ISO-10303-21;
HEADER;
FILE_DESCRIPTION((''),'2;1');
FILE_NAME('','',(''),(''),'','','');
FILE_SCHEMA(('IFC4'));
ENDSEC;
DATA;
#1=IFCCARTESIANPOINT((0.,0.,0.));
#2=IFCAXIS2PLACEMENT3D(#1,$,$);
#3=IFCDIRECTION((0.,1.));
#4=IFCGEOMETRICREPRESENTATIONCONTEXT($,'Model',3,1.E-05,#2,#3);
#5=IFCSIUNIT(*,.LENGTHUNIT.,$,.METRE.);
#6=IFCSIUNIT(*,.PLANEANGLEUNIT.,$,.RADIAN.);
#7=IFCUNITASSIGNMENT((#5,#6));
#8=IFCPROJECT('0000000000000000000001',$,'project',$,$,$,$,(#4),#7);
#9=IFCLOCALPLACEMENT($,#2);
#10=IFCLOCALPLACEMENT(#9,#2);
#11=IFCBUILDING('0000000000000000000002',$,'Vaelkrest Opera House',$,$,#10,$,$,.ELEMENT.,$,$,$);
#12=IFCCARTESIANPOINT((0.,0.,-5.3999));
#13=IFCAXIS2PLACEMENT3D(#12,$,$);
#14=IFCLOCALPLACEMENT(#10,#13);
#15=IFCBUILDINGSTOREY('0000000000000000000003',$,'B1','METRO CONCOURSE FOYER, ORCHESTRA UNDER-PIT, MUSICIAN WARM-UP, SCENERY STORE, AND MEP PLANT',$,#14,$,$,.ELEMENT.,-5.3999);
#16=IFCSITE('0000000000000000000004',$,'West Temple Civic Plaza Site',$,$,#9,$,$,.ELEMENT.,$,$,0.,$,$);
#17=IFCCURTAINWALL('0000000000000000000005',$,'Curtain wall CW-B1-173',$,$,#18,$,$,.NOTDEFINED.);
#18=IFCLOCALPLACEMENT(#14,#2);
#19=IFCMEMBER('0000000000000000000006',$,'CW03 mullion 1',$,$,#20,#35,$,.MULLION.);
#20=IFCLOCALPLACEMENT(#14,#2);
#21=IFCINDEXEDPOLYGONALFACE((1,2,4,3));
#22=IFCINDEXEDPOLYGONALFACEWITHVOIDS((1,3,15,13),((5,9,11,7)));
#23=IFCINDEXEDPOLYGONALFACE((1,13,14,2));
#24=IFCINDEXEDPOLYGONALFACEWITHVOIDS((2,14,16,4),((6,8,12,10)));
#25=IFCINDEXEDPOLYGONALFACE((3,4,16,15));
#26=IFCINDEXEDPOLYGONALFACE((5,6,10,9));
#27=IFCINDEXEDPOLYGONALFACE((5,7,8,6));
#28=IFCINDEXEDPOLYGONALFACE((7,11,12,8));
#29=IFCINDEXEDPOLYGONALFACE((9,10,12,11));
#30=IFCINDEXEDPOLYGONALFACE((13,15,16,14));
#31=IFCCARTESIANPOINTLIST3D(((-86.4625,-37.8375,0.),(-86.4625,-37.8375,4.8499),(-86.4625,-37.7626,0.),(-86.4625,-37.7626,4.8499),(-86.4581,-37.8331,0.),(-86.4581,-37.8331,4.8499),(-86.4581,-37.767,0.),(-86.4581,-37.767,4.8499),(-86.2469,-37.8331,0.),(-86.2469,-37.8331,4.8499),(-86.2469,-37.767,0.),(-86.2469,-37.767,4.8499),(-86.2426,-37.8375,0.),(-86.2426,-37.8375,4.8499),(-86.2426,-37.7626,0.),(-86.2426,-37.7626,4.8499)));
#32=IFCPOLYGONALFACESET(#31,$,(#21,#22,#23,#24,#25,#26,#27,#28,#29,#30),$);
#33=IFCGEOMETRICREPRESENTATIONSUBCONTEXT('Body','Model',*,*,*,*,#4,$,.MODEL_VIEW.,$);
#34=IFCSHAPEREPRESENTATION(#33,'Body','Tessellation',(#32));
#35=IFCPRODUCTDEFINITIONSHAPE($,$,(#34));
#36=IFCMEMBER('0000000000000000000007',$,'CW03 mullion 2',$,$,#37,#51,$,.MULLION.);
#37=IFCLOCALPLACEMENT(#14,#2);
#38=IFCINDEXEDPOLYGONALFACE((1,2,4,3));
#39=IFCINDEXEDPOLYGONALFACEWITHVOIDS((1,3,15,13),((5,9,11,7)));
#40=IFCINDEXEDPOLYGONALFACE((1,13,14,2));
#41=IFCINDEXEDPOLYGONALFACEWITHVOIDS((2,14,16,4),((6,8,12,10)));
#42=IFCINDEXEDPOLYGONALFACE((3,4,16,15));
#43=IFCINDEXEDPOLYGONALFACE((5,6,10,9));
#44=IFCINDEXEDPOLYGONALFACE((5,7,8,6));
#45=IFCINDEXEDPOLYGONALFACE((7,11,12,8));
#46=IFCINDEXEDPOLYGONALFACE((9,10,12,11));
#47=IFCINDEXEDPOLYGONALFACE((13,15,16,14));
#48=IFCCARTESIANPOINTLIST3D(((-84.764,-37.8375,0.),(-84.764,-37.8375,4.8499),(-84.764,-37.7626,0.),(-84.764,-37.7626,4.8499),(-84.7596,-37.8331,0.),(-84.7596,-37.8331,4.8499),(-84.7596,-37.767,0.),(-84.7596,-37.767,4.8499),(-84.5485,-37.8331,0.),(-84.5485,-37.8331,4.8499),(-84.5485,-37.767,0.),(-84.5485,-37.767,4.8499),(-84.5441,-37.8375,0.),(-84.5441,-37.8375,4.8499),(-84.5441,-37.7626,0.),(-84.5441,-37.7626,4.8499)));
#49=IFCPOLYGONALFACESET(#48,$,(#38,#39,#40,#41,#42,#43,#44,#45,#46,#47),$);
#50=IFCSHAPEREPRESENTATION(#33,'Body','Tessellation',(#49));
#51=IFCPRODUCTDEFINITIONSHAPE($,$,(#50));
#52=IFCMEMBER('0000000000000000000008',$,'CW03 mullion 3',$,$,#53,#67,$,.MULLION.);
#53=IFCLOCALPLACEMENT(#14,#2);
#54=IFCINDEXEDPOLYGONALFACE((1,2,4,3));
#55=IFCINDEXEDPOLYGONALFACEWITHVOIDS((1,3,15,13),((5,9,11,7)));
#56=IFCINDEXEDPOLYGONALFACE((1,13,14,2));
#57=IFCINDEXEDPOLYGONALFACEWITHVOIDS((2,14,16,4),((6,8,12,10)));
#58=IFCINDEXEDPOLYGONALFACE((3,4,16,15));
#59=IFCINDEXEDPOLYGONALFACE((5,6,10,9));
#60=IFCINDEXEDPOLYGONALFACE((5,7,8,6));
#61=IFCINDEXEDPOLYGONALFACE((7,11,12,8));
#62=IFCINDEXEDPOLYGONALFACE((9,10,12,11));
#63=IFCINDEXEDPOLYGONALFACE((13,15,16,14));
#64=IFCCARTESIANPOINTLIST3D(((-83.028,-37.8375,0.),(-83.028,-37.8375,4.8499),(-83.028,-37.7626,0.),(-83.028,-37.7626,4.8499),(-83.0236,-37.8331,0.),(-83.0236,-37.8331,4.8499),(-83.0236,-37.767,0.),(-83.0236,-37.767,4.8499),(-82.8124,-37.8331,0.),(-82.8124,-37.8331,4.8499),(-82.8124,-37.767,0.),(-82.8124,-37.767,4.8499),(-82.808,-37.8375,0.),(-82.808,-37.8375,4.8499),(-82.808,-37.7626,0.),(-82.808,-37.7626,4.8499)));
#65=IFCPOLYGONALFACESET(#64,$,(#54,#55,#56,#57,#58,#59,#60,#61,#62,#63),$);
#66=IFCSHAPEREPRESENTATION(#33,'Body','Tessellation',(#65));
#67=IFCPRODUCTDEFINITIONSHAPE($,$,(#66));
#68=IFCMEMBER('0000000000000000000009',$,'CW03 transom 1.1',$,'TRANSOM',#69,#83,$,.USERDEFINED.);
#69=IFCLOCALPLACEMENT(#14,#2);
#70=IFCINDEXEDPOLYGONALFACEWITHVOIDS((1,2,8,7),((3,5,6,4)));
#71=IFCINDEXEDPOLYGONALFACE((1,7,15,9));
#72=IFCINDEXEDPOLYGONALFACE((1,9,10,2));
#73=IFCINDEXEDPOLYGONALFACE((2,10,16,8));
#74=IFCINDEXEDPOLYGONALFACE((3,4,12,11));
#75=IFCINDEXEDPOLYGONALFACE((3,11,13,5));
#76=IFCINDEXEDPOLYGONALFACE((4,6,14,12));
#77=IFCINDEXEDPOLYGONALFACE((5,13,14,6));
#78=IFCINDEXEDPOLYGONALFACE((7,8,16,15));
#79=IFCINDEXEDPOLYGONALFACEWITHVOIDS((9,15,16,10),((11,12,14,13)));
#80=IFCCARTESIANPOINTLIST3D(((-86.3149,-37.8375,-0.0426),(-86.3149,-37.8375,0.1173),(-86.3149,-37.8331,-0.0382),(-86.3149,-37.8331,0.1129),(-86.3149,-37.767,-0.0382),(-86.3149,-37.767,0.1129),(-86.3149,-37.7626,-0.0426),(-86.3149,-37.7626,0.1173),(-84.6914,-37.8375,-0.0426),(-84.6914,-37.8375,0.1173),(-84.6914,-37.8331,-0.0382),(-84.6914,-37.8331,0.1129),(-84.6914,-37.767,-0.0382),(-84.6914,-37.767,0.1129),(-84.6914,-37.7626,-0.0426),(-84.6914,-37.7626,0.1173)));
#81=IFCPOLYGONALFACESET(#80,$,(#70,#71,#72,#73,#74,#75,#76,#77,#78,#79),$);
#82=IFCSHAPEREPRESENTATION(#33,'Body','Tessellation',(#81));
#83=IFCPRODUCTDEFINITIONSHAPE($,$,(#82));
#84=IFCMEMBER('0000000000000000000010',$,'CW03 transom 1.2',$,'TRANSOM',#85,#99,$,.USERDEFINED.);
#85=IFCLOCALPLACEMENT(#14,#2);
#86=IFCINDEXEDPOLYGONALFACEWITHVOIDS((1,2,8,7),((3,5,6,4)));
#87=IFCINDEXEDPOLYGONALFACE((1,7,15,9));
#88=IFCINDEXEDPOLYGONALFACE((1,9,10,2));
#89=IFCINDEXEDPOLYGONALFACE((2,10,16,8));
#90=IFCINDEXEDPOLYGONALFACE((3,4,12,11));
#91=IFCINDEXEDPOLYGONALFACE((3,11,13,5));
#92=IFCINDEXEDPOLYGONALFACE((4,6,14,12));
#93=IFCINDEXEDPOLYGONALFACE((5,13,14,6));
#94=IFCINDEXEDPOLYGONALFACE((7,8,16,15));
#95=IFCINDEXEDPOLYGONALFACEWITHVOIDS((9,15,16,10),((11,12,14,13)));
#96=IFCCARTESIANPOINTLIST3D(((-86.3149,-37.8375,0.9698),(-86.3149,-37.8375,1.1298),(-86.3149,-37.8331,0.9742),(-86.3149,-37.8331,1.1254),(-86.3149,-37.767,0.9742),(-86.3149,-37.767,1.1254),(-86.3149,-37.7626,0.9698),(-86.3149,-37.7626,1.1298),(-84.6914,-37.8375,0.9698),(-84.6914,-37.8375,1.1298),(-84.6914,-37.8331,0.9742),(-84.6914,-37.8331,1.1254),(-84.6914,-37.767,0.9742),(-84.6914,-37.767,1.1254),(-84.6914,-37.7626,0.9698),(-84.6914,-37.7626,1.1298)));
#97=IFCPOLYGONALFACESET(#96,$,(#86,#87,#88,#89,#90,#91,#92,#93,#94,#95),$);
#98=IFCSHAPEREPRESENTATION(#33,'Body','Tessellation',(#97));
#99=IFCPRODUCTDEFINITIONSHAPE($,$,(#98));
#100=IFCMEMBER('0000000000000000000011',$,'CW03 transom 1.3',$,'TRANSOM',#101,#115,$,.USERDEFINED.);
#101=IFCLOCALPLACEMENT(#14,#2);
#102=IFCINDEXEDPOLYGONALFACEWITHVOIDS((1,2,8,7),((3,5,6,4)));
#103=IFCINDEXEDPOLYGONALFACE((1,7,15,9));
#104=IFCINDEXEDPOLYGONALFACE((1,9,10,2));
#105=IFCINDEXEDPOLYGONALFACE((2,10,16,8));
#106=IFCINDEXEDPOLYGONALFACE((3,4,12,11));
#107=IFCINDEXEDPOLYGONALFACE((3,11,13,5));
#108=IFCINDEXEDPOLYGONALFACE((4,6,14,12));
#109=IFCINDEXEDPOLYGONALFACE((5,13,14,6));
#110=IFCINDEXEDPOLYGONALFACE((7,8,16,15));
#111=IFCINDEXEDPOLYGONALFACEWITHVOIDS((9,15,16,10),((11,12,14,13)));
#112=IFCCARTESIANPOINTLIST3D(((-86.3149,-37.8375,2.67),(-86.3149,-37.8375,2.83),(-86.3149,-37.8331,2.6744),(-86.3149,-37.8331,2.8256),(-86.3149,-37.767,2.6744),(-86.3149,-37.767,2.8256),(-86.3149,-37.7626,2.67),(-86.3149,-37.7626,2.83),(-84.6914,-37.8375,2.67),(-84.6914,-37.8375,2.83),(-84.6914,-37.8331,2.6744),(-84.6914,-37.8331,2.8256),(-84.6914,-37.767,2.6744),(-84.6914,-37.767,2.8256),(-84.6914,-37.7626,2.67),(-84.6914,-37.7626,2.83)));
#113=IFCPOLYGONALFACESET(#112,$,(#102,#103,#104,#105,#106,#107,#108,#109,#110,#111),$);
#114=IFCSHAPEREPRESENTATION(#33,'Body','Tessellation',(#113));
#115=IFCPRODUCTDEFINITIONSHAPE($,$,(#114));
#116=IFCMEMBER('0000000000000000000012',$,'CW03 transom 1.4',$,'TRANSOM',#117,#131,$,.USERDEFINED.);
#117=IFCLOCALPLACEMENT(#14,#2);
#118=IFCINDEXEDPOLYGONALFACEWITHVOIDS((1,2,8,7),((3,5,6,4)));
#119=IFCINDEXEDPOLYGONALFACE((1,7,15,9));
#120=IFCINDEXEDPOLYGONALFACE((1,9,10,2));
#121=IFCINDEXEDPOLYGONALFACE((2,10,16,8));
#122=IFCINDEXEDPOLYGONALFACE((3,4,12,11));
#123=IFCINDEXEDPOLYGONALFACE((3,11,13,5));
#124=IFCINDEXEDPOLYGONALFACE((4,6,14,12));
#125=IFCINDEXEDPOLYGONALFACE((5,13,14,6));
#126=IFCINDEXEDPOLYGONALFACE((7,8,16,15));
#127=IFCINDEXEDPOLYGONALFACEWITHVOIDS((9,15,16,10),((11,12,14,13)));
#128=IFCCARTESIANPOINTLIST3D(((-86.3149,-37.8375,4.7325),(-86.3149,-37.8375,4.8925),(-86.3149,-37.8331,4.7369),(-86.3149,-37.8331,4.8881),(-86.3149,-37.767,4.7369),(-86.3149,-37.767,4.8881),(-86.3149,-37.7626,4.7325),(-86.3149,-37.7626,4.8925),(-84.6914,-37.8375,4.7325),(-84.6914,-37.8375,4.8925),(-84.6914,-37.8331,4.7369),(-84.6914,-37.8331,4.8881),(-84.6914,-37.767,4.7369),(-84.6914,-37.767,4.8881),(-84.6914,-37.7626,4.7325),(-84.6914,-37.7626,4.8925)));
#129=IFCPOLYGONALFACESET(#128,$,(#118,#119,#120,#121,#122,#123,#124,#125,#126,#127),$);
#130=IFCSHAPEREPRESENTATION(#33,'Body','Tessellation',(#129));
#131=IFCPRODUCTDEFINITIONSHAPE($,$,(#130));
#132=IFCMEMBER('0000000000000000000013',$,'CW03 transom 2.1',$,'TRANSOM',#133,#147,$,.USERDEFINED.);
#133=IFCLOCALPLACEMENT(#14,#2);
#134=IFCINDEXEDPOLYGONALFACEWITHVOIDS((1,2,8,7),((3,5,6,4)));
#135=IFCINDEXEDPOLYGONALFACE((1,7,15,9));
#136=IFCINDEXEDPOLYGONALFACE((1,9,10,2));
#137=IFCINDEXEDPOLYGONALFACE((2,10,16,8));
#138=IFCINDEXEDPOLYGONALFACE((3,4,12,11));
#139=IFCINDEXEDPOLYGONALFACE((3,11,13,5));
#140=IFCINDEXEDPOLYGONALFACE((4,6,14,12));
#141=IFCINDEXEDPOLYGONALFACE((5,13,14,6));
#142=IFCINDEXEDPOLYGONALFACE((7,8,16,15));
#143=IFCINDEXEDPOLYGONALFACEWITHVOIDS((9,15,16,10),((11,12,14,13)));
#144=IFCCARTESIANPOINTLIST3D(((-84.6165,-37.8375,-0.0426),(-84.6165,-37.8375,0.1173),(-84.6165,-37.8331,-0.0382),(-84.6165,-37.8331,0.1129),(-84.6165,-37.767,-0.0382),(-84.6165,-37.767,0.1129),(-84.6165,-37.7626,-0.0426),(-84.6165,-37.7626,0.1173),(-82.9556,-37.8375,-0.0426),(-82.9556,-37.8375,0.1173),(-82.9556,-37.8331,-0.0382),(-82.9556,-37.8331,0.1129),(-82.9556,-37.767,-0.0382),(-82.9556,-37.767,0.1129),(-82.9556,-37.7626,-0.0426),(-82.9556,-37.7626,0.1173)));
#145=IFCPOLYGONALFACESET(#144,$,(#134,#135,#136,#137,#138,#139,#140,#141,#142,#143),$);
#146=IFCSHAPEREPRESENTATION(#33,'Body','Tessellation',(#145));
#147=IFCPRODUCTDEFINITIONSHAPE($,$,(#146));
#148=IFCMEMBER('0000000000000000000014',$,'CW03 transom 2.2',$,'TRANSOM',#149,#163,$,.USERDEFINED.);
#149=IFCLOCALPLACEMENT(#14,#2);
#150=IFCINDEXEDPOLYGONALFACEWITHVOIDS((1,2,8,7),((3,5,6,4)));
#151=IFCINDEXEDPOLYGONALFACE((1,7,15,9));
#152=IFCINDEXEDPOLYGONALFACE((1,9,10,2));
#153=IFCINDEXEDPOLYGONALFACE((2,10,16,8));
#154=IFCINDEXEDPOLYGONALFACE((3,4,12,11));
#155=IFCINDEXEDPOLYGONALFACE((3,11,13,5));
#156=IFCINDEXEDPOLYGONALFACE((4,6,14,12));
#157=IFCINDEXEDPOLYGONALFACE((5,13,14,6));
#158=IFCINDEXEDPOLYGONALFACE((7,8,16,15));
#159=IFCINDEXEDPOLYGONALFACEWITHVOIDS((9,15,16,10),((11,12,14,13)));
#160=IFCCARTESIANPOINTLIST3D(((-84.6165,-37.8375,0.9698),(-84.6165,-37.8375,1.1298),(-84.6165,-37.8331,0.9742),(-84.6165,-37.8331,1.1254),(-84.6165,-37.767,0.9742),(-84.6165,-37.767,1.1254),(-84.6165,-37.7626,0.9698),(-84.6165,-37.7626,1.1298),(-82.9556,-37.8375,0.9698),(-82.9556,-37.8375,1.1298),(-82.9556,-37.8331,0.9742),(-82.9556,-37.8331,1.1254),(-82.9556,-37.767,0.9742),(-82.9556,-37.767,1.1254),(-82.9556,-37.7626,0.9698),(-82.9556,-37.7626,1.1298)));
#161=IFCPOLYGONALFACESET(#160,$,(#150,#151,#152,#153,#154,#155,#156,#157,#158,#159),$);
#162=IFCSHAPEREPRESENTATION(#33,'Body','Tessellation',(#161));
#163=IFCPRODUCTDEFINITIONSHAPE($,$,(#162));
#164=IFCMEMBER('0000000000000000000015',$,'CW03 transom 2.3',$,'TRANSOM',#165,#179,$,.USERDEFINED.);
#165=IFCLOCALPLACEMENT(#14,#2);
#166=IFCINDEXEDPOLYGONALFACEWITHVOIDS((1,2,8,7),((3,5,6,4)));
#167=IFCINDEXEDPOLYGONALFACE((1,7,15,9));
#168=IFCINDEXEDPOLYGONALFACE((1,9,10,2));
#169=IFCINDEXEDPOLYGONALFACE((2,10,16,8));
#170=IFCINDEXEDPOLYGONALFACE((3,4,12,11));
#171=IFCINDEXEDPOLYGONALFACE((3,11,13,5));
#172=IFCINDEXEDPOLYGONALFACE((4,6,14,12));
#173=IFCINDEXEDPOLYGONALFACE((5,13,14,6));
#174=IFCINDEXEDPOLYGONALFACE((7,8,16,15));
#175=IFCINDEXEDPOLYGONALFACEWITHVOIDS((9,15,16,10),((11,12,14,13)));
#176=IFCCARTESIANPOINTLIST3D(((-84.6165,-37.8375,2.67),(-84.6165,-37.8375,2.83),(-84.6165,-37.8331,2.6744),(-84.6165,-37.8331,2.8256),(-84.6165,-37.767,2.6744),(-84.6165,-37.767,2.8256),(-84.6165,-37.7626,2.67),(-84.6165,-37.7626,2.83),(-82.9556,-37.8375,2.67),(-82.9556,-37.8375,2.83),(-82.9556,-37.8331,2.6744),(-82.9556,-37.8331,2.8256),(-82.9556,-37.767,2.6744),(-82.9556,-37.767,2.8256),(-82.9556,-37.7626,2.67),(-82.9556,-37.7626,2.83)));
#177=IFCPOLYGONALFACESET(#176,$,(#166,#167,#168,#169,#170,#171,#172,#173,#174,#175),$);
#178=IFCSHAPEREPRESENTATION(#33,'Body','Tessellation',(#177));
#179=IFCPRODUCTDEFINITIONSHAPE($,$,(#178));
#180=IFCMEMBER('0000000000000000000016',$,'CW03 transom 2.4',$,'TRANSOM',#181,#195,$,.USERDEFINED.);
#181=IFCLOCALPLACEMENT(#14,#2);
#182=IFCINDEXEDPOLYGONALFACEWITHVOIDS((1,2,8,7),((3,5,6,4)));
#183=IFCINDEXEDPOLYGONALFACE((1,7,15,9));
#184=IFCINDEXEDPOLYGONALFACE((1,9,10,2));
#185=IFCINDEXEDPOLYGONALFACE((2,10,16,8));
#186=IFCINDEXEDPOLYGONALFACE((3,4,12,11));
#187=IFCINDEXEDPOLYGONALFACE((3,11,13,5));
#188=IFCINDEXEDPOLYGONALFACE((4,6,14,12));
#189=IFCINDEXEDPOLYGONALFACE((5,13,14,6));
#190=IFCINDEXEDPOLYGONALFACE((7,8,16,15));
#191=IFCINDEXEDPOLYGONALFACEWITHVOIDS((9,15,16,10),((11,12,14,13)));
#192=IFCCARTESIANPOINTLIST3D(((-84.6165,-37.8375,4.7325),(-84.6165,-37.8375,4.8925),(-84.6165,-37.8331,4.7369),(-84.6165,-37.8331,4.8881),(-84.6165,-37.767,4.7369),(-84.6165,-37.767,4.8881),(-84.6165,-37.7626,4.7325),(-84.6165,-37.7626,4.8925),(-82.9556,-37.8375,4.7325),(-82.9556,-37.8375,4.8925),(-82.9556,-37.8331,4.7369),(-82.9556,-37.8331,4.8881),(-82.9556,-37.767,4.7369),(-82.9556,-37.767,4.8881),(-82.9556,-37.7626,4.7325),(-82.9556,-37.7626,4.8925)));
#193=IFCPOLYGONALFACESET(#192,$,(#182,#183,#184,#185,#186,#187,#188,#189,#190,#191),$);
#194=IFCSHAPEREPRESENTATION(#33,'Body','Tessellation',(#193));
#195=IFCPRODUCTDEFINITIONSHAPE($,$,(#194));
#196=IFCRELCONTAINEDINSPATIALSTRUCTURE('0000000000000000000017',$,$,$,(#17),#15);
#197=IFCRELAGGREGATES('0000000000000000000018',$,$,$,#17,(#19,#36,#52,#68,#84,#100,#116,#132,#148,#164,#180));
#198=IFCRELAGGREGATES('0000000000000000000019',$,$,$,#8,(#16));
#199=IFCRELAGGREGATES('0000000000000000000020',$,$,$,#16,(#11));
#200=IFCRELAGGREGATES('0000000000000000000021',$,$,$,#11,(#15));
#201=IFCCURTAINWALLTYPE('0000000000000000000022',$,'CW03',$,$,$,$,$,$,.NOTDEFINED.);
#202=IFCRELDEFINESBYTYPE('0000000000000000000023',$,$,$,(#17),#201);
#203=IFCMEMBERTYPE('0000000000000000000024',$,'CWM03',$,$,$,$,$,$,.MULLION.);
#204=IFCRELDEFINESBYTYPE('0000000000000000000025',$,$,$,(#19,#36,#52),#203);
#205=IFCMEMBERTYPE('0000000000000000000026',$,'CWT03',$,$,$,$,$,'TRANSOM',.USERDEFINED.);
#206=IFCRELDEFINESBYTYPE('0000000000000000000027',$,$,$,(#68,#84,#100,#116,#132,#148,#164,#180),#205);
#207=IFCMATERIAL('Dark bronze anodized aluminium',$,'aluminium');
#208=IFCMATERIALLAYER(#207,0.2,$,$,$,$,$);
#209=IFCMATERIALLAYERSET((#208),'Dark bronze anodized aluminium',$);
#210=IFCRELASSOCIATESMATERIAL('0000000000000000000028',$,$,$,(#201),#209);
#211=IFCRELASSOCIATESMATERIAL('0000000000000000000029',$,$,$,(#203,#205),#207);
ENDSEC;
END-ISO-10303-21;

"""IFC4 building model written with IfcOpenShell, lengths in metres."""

from ifc_helpers import new_model, si_unit, direction, frame, origin, origin_2d, place, context, subcontext, project, spatial, hollow_rectangle, extrude, material, layer, layer_set, material_profile, profile_set, type_object, element, aggregate, save


model = new_model("IFC4")

# Units and contexts
model_context = context("Model", 3, precision=1e-05, world=origin(), true_north=direction((0.0, 1.0)))
body_context = subcontext(model_context, "Body", "Model", "MODEL_VIEW")
ifc_project = project(units=[si_unit("LENGTHUNIT", "METRE"), si_unit("PLANEANGLEUNIT", "RADIAN")], contexts=[model_context])

# Site, building, storey
site_placement = place(None, origin())
site = spatial("IfcSite", under=ifc_project, at=site_placement, Name="West Temple Civic Plaza Site", CompositionType="ELEMENT", RefElevation=0.0)
building_placement = place(site_placement, origin())
building = spatial("IfcBuilding", under=site, at=building_placement, Name="Vaelkrest Opera House", CompositionType="ELEMENT")
storey_placement = place(building_placement, frame((0.0, 0.0, -5.3999)))
storey = spatial("IfcBuildingStorey", under=building, at=storey_placement, Name="B1", Description="METRO CONCOURSE FOYER, ORCHESTRA UNDER-PIT, MUSICIAN WARM-UP, SCENERY STORE, AND MEP PLANT", CompositionType="ELEMENT", Elevation=-5.3999)

# Curtain wall, members
ifc_material_1 = material(Name="Dark bronze anodized aluminium", Category="aluminium")
ifc_layer_1 = layer(ifc_material_1, 0.2)
ifc_layer_set_1 = layer_set([ifc_layer_1], Name="Dark bronze anodized aluminium")
curtain_wall_type = type_object("IfcCurtainWallType", Name="CW03", PredefinedType="NOTDEFINED", material=ifc_layer_set_1)
curtain_wall_placement = place(storey_placement, origin())
curtain_wall = element("IfcCurtainWall", 1, at=curtain_wall_placement, inside=storey, type_object=curtain_wall_type, Name="Curtain wall CW-B1-173", PredefinedType="NOTDEFINED")
ifc_material_profile_1 = material_profile(ifc_material_1, hollow_rectangle(XDim=0.075, YDim=0.22, WallThickness=0.0044, at=origin_2d()), Name="CWM75X220")
ifc_profile_set_1 = profile_set([ifc_material_profile_1], Name="Dark bronze anodized aluminium")
member_type_1 = type_object("IfcMemberType", Name="CWM03", PredefinedType="MULLION", material=ifc_profile_set_1)
member_1_placement = place(storey_placement, frame((-86.3525, -37.8, 0.0), z_axis=(0.0, 0.0, 1.0), x_axis=(0.0, 1.0, 0.0)))
member_1 = element("IfcMember", 2, at=member_1_placement, type_object=member_type_1, Name="CW03 mullion 1", PredefinedType="MULLION", context=body_context, shape_type="SweptSolid", body=[
    extrude(hollow_rectangle(XDim=0.075, YDim=0.22, WallThickness=0.0044, at=origin_2d()), origin(), (0.0, 0.0, 1.0), 4.8499),
])
member_2_placement = place(storey_placement, frame((-84.6541, -37.8, 0.0), z_axis=(0.0, 0.0, 1.0), x_axis=(0.0, 1.0, 0.0)))
member_2 = element("IfcMember", 3, at=member_2_placement, type_object=member_type_1, Name="CW03 mullion 2", PredefinedType="MULLION", context=body_context, shape_type="SweptSolid", body=[
    extrude(hollow_rectangle(XDim=0.075, YDim=0.22, WallThickness=0.0044, at=origin_2d()), origin(), (0.0, 0.0, 1.0), 4.8499),
])
member_3_placement = place(storey_placement, frame((-82.918, -37.8, 0.0), z_axis=(0.0, 0.0, 1.0), x_axis=(0.0, 1.0, 0.0)))
member_3 = element("IfcMember", 4, at=member_3_placement, type_object=member_type_1, Name="CW03 mullion 3", PredefinedType="MULLION", context=body_context, shape_type="SweptSolid", body=[
    extrude(hollow_rectangle(XDim=0.075, YDim=0.22, WallThickness=0.0044, at=origin_2d()), origin(), (0.0, 0.0, 1.0), 4.8499),
])
ifc_material_profile_2 = material_profile(ifc_material_1, hollow_rectangle(XDim=0.075, YDim=0.1599, WallThickness=0.0044, at=origin_2d()), Name="CWT75X160")
ifc_profile_set_2 = profile_set([ifc_material_profile_2], Name="Dark bronze anodized aluminium")
member_type_2 = type_object("IfcMemberType", Name="CWT03", ElementType="TRANSOM", PredefinedType="USERDEFINED", material=ifc_profile_set_2)
member_4_placement = place(storey_placement, frame((-86.3149, -37.8, 0.0374), z_axis=(1.0, 0.0, 0.0), x_axis=(0.0, 1.0, 0.0)))
member_4 = element("IfcMember", 5, at=member_4_placement, type_object=member_type_2, Name="CW03 transom 1.1", ObjectType="TRANSOM", PredefinedType="USERDEFINED", context=body_context, shape_type="SweptSolid", body=[
    extrude(hollow_rectangle(XDim=0.075, YDim=0.1599, WallThickness=0.0044, at=origin_2d()), origin(), (0.0, 0.0, 1.0), 1.6235),
])
member_5_placement = place(storey_placement, frame((-86.3149, -37.8, 1.0498), z_axis=(1.0, 0.0, 0.0), x_axis=(0.0, 1.0, 0.0)))
member_5 = element("IfcMember", 6, at=member_5_placement, type_object=member_type_2, Name="CW03 transom 1.2", ObjectType="TRANSOM", PredefinedType="USERDEFINED", context=body_context, shape_type="SweptSolid", body=[
    extrude(hollow_rectangle(XDim=0.075, YDim=0.1599, WallThickness=0.0044, at=origin_2d()), origin(), (0.0, 0.0, 1.0), 1.6235),
])
member_6_placement = place(storey_placement, frame((-86.3149, -37.8, 2.75), z_axis=(1.0, 0.0, 0.0), x_axis=(0.0, 1.0, 0.0)))
member_6 = element("IfcMember", 7, at=member_6_placement, type_object=member_type_2, Name="CW03 transom 1.3", ObjectType="TRANSOM", PredefinedType="USERDEFINED", context=body_context, shape_type="SweptSolid", body=[
    extrude(hollow_rectangle(XDim=0.075, YDim=0.1599, WallThickness=0.0044, at=origin_2d()), origin(), (0.0, 0.0, 1.0), 1.6235),
])
member_7_placement = place(storey_placement, frame((-86.3149, -37.8, 4.8125), z_axis=(1.0, 0.0, 0.0), x_axis=(0.0, 1.0, 0.0)))
member_7 = element("IfcMember", 8, at=member_7_placement, type_object=member_type_2, Name="CW03 transom 1.4", ObjectType="TRANSOM", PredefinedType="USERDEFINED", context=body_context, shape_type="SweptSolid", body=[
    extrude(hollow_rectangle(XDim=0.075, YDim=0.1599, WallThickness=0.0044, at=origin_2d()), origin(), (0.0, 0.0, 1.0), 1.6235),
])
member_8_placement = place(storey_placement, frame((-84.6165, -37.8, 0.0374), z_axis=(1.0, 0.0, 0.0), x_axis=(0.0, 1.0, 0.0)))
member_8 = element("IfcMember", 9, at=member_8_placement, type_object=member_type_2, Name="CW03 transom 2.1", ObjectType="TRANSOM", PredefinedType="USERDEFINED", context=body_context, shape_type="SweptSolid", body=[
    extrude(hollow_rectangle(XDim=0.075, YDim=0.1599, WallThickness=0.0044, at=origin_2d()), origin(), (0.0, 0.0, 1.0), 1.6609),
])
member_9_placement = place(storey_placement, frame((-84.6165, -37.8, 1.0498), z_axis=(1.0, 0.0, 0.0), x_axis=(0.0, 1.0, 0.0)))
member_9 = element("IfcMember", 10, at=member_9_placement, type_object=member_type_2, Name="CW03 transom 2.2", ObjectType="TRANSOM", PredefinedType="USERDEFINED", context=body_context, shape_type="SweptSolid", body=[
    extrude(hollow_rectangle(XDim=0.075, YDim=0.1599, WallThickness=0.0044, at=origin_2d()), origin(), (0.0, 0.0, 1.0), 1.6609),
])
member_10_placement = place(storey_placement, frame((-84.6165, -37.8, 2.75), z_axis=(1.0, 0.0, 0.0), x_axis=(0.0, 1.0, 0.0)))
member_10 = element("IfcMember", 11, at=member_10_placement, type_object=member_type_2, Name="CW03 transom 2.3", ObjectType="TRANSOM", PredefinedType="USERDEFINED", context=body_context, shape_type="SweptSolid", body=[
    extrude(hollow_rectangle(XDim=0.075, YDim=0.1599, WallThickness=0.0044, at=origin_2d()), origin(), (0.0, 0.0, 1.0), 1.6609),
])
member_11_placement = place(storey_placement, frame((-84.6165, -37.8, 4.8125), z_axis=(1.0, 0.0, 0.0), x_axis=(0.0, 1.0, 0.0)))
member_11 = element("IfcMember", 12, at=member_11_placement, type_object=member_type_2, Name="CW03 transom 2.4", ObjectType="TRANSOM", PredefinedType="USERDEFINED", context=body_context, shape_type="SweptSolid", body=[
    extrude(hollow_rectangle(XDim=0.075, YDim=0.1599, WallThickness=0.0044, at=origin_2d()), origin(), (0.0, 0.0, 1.0), 1.6609),
])
aggregate(curtain_wall, [member_1, member_2, member_3, member_4, member_5, member_6, member_7, member_8, member_9, member_10, member_11])

save(model, "model.ifc")
